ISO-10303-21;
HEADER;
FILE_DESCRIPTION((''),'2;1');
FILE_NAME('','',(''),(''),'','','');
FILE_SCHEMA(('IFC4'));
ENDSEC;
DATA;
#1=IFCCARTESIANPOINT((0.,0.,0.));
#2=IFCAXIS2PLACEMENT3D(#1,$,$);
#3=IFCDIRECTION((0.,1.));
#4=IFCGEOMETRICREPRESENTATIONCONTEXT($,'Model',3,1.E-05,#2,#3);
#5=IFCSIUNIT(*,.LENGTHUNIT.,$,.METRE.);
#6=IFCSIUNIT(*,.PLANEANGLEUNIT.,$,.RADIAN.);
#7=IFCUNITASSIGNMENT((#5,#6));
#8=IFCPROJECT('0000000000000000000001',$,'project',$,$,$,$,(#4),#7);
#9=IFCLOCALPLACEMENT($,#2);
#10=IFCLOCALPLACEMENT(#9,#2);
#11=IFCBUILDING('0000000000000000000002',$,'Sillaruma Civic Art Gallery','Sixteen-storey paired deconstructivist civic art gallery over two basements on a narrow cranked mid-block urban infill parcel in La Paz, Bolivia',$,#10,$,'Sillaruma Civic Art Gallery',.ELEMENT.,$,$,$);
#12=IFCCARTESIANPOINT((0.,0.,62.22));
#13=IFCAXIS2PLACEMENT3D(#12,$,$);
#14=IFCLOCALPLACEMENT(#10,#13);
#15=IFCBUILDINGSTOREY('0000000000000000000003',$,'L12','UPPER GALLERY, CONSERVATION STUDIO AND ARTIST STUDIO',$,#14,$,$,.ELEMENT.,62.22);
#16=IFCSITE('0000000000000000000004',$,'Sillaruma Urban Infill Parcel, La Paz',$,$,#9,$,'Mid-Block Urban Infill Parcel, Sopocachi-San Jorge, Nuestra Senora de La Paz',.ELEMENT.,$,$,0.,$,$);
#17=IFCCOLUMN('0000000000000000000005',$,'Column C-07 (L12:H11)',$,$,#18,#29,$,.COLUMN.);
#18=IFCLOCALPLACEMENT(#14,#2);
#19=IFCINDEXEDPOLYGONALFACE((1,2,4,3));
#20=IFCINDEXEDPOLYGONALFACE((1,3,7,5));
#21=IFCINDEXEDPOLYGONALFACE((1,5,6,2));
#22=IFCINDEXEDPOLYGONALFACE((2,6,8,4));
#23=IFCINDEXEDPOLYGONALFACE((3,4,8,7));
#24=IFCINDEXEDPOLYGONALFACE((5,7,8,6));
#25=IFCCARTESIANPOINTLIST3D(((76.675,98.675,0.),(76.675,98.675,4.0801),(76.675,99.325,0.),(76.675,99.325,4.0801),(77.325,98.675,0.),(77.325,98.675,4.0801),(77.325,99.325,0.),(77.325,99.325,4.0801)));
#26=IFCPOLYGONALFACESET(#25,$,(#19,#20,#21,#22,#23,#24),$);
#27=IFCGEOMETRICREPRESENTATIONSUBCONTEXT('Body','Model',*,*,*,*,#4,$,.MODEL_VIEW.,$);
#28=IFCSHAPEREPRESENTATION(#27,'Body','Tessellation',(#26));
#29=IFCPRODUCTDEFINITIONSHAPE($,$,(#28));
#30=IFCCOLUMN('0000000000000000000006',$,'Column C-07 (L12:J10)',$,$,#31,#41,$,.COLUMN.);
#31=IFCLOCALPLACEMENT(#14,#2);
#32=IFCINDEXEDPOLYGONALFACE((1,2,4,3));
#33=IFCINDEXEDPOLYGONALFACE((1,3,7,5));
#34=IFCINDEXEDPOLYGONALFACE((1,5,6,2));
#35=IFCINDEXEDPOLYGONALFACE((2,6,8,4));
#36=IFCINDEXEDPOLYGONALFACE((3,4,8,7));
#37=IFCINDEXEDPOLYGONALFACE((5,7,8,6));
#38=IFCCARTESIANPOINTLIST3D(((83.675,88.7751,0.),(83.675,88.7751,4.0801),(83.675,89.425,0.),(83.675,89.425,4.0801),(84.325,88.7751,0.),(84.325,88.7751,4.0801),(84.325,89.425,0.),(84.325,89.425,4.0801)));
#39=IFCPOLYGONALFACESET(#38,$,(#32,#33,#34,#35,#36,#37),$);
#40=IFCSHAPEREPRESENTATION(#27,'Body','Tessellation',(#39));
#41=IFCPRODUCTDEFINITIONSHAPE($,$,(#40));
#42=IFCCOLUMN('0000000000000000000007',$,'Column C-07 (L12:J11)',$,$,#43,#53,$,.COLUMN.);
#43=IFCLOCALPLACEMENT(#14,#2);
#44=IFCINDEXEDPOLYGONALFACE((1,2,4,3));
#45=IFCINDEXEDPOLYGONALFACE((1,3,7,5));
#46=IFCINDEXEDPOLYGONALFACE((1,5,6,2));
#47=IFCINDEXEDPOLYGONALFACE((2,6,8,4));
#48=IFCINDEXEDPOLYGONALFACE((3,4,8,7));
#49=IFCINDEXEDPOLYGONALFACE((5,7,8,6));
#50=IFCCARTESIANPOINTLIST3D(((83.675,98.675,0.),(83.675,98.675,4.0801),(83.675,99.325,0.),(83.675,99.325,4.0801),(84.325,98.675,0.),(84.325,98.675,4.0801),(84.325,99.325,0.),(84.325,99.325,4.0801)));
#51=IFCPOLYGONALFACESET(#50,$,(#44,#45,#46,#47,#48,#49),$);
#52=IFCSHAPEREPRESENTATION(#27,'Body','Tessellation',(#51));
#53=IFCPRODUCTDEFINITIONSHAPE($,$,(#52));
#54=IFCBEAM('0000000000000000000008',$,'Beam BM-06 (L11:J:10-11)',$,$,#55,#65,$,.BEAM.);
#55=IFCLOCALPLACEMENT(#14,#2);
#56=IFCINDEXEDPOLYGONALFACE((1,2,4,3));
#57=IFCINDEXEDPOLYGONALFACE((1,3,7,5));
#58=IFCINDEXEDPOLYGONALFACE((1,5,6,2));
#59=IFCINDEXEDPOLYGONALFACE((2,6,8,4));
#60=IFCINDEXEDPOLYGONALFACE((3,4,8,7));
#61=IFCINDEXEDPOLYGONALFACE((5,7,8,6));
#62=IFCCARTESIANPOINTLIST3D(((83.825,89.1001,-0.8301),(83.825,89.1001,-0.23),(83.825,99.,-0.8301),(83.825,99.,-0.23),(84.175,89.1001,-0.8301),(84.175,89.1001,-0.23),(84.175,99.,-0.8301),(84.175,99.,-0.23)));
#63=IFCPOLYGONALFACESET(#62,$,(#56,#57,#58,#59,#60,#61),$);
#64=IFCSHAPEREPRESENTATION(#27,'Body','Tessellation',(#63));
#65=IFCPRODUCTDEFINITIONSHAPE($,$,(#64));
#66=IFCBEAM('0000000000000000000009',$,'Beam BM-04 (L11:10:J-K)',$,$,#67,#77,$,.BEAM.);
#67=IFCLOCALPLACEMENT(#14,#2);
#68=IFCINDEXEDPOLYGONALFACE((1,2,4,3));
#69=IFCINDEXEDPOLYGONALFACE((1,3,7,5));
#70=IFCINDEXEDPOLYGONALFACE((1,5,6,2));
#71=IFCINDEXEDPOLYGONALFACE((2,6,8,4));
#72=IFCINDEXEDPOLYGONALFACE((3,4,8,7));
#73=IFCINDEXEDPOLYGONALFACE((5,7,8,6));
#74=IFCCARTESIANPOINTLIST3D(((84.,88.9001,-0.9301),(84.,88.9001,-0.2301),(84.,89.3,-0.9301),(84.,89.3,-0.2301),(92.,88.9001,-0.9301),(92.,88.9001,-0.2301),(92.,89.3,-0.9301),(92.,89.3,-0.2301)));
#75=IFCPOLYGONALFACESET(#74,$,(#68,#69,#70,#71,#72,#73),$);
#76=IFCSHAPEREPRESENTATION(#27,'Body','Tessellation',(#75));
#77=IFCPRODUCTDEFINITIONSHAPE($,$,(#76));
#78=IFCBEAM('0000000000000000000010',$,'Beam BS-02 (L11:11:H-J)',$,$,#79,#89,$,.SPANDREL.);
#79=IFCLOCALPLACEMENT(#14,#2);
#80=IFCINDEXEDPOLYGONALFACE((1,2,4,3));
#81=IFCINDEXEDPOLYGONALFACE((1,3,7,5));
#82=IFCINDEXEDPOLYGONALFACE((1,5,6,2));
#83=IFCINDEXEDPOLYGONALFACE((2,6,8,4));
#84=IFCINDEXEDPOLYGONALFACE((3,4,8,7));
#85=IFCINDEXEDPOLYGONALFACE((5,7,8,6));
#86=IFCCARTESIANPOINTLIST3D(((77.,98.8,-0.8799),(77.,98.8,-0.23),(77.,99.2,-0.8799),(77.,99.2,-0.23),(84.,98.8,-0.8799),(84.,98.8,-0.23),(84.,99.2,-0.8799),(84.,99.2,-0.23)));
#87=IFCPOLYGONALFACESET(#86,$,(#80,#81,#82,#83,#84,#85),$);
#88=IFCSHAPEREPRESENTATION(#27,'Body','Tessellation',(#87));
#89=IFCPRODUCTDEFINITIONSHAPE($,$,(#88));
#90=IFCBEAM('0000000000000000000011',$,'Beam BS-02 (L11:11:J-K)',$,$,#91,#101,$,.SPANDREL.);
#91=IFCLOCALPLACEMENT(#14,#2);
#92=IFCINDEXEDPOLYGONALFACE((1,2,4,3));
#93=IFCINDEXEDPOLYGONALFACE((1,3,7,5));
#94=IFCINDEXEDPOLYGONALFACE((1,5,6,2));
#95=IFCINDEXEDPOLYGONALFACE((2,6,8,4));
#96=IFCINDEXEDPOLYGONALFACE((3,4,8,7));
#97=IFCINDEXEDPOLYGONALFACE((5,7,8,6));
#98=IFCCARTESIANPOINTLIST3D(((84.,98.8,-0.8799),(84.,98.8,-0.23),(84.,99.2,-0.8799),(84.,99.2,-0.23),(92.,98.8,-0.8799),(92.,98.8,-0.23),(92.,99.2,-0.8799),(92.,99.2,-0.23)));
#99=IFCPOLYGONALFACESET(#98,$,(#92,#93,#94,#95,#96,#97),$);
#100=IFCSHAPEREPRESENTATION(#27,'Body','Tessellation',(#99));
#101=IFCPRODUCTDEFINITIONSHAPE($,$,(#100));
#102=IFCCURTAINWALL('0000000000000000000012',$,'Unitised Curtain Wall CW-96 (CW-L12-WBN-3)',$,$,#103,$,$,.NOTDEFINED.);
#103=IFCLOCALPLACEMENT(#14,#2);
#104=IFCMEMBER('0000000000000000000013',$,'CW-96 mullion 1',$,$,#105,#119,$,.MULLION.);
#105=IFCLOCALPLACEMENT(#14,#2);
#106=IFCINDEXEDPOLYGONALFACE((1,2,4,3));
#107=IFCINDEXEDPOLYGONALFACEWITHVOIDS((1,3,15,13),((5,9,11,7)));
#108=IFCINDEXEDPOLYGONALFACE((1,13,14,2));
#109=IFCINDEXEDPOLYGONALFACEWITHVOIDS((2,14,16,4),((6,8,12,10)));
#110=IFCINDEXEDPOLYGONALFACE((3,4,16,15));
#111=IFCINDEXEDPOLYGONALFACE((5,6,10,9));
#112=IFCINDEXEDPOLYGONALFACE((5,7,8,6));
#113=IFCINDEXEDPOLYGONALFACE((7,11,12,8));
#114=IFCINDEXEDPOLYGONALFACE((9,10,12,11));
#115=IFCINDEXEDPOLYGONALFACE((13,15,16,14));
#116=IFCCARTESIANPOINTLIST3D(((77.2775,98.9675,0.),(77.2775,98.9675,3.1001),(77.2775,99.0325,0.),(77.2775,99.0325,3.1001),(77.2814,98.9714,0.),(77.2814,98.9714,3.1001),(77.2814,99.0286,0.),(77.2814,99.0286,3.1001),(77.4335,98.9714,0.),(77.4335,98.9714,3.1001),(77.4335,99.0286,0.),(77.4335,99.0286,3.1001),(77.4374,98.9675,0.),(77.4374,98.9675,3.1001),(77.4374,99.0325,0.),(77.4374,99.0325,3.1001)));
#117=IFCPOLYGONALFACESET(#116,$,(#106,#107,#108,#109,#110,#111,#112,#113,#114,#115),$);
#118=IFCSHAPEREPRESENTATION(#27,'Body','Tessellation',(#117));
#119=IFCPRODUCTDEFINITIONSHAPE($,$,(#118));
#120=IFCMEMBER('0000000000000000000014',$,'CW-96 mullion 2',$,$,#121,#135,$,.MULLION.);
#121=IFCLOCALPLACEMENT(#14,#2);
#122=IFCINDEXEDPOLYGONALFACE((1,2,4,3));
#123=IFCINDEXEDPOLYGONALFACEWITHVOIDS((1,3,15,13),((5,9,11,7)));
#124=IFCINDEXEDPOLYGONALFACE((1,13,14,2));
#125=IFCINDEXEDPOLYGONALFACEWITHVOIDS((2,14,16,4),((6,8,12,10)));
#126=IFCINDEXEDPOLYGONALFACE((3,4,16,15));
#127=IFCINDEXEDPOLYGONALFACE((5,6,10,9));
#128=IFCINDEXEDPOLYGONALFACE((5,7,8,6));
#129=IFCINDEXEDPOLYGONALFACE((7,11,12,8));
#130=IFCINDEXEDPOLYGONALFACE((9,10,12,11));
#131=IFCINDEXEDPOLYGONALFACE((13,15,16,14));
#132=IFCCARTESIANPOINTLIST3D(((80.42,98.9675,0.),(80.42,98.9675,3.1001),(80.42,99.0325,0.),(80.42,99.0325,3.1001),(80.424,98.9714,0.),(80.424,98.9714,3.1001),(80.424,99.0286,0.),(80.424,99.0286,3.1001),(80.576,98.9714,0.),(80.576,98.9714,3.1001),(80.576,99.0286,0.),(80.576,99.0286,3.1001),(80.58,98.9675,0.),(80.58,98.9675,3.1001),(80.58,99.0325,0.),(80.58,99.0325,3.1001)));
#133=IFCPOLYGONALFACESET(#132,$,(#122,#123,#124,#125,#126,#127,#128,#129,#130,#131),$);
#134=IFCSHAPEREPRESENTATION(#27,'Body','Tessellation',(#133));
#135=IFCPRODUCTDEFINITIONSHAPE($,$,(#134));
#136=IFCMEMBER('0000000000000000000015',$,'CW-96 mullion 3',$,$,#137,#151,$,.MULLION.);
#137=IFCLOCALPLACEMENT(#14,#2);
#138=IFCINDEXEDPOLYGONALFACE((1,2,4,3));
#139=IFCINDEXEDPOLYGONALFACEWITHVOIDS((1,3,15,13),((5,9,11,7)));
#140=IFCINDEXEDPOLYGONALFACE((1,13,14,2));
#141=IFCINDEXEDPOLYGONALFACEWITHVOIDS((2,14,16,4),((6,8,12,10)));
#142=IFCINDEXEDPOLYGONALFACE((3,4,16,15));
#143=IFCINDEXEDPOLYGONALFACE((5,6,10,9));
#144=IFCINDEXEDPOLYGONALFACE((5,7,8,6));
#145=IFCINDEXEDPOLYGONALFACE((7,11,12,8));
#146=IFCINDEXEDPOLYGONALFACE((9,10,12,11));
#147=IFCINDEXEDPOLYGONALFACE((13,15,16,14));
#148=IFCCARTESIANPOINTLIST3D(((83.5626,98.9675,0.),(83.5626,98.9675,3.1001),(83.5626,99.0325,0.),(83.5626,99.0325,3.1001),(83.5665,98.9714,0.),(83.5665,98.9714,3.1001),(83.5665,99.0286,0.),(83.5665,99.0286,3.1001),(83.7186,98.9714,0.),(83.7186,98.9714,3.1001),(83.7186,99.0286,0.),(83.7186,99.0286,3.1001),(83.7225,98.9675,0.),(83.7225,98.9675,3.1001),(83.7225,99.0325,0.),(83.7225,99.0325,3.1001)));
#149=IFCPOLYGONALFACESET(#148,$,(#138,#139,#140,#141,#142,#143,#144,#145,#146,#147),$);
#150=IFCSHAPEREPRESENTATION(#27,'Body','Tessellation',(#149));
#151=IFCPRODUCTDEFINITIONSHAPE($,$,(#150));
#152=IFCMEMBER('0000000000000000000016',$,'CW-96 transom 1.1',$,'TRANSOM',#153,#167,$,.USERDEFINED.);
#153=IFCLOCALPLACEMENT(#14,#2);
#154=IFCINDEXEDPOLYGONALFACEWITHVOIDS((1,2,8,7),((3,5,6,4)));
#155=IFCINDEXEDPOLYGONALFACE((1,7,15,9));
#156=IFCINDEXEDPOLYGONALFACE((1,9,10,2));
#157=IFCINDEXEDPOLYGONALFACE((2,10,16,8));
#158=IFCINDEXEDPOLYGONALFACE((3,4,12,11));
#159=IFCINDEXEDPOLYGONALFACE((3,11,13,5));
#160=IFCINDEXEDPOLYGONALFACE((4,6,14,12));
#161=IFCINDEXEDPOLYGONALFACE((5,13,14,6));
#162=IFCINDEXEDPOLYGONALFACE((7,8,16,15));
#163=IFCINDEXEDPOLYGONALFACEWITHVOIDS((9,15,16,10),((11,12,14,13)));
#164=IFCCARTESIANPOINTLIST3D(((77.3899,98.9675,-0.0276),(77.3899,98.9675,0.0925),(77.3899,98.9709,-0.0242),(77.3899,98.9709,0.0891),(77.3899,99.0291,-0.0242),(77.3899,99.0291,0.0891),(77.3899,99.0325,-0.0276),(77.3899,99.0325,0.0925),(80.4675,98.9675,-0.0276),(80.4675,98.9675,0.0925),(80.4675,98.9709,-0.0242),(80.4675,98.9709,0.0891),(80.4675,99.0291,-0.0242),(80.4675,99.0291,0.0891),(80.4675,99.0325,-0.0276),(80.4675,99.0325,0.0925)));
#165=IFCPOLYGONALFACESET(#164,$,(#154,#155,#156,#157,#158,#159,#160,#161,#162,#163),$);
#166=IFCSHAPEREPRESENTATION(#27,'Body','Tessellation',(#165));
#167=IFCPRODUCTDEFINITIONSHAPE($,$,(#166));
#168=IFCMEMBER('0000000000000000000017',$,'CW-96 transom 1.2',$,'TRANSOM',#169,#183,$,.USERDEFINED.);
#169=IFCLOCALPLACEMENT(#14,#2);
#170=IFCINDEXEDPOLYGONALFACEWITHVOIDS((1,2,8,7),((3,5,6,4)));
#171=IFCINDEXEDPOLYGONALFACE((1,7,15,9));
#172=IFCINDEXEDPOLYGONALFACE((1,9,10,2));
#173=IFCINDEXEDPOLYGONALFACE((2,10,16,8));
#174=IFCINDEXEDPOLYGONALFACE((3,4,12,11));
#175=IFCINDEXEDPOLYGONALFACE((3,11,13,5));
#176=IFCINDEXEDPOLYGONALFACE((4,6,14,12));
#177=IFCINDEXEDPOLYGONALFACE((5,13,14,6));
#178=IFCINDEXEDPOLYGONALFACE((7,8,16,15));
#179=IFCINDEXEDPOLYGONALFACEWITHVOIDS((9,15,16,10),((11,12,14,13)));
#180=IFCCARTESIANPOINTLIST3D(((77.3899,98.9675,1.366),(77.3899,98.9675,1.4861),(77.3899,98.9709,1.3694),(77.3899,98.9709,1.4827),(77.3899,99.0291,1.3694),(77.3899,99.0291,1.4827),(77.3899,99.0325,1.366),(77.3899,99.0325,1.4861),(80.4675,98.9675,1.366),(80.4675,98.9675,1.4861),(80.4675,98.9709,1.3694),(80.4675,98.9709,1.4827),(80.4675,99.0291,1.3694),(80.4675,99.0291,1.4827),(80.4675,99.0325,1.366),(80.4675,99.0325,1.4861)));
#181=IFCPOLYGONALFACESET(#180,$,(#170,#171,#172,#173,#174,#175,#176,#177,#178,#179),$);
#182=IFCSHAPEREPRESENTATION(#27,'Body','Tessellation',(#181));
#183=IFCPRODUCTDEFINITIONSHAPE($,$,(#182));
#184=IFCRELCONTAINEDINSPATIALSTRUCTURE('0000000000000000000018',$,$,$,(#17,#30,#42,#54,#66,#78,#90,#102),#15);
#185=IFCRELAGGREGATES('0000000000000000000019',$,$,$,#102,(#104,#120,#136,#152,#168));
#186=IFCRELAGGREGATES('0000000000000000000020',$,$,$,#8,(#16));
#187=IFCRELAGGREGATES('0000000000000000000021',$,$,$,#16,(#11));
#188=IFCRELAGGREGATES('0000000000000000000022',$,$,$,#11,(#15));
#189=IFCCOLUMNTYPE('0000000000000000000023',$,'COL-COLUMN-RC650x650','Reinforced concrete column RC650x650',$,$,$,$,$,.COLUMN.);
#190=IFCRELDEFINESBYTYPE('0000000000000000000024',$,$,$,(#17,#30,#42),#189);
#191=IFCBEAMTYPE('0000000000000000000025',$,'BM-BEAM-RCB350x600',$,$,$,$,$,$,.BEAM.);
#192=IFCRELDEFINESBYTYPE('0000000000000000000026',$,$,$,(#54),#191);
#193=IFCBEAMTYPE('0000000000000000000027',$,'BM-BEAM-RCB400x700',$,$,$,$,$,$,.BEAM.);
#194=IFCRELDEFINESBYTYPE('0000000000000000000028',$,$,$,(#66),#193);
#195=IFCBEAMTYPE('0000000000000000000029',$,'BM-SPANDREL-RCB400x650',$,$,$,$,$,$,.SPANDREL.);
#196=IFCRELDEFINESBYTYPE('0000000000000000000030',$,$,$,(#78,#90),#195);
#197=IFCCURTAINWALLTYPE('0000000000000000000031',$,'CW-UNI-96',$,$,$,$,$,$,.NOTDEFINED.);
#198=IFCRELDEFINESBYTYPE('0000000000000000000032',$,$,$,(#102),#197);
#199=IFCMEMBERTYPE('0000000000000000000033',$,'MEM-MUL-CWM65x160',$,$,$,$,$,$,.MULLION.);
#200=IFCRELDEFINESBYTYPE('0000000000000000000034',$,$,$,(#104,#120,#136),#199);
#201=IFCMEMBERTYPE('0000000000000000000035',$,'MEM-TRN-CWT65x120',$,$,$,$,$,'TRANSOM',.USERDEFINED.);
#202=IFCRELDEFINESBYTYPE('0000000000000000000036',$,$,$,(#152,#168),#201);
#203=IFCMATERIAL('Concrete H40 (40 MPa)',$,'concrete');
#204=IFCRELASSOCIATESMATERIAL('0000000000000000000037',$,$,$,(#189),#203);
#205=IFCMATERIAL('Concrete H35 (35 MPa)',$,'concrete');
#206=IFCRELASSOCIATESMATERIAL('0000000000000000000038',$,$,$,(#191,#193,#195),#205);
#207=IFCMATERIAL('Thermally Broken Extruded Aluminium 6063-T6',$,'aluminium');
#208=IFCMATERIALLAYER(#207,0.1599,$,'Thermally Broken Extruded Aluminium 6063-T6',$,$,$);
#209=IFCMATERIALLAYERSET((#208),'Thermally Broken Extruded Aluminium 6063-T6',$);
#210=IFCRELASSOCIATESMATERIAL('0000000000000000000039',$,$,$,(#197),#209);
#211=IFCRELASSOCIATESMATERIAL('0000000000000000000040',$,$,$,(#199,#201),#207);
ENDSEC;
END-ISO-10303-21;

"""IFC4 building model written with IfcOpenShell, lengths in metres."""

from ifc_helpers import new_model, si_unit, direction, frame, origin, origin_2d, place, context, subcontext, project, spatial, rectangle, hollow_rectangle, extrude, material, layer, layer_set, material_profile, profile_set, type_object, element, aggregate, save


model = new_model("IFC4")

# Units and contexts
model_context = context("Model", 3, precision=1e-05, world=origin(), true_north=direction((0.0, 1.0)))
body_context = subcontext(model_context, "Body", "Model", "MODEL_VIEW")
ifc_project = project(units=[si_unit("LENGTHUNIT", "METRE"), si_unit("PLANEANGLEUNIT", "RADIAN")], contexts=[model_context])

# Site, building, storey
site_placement = place(None, origin())
site = spatial("IfcSite", under=ifc_project, at=site_placement, Name="Sillaruma Urban Infill Parcel, La Paz", LongName="Mid-Block Urban Infill Parcel, Sopocachi-San Jorge, Nuestra Senora de La Paz", CompositionType="ELEMENT", RefElevation=0.0)
building_placement = place(site_placement, origin())
building = spatial("IfcBuilding", under=site, at=building_placement, Name="Sillaruma Civic Art Gallery", Description="Sixteen-storey paired deconstructivist civic art gallery over two basements on a narrow cranked mid-block urban infill parcel in La Paz, Bolivia", LongName="Sillaruma Civic Art Gallery", CompositionType="ELEMENT")
storey_placement = place(building_placement, frame((0.0, 0.0, 62.22)))
storey = spatial("IfcBuildingStorey", under=building, at=storey_placement, Name="L12", Description="UPPER GALLERY, CONSERVATION STUDIO AND ARTIST STUDIO", CompositionType="ELEMENT", Elevation=62.22)

# Columns
ifc_material_1 = material(Name="Concrete H40 (40 MPa)", Category="concrete")
ifc_material_profile_1 = material_profile(ifc_material_1, rectangle(XDim=0.6499, YDim=0.6499, at=origin_2d()), Name="RC650x650")
ifc_profile_set_1 = profile_set([ifc_material_profile_1], Name="Concrete H40 (40 MPa)")
column_type = type_object("IfcColumnType", Name="COL-COLUMN-RC650x650", Description="Reinforced concrete column RC650x650", PredefinedType="COLUMN", material=ifc_profile_set_1)
for number, where, z_axis, x_axis, name in (
    (1, (77.0, 99.0, 0.0), (0.0, 0.0, 1.0), (1.0, 0.0, 0.0), "Column C-07 (L12:H11)"),
    (2, (84.0, 89.1001, 0.0), (0.0, 0.0, 1.0), (1.0, 0.0, 0.0), "Column C-07 (L12:J10)"),
    (3, (84.0, 99.0, 0.0), (0.0, 0.0, 1.0), (1.0, 0.0, 0.0), "Column C-07 (L12:J11)"),
):
    element("IfcColumn", number, at=place(storey_placement, frame(where, z_axis=z_axis, x_axis=x_axis)), inside=storey, type_object=column_type, Name=name, PredefinedType="COLUMN", context=body_context, shape_type="SweptSolid", body=[
        extrude(rectangle(XDim=0.6499, YDim=0.6499, at=origin_2d()), origin(), (0.0, 0.0, 1.0), 4.0801),
    ])

# Beams
ifc_material_2 = material(Name="Concrete H35 (35 MPa)", Category="concrete")
ifc_material_profile_2 = material_profile(ifc_material_2, rectangle(XDim=0.3501, YDim=0.6001, at=origin_2d()), Name="RCB350x600")
ifc_profile_set_2 = profile_set([ifc_material_profile_2], Name="Concrete H35 (35 MPa)")
beam_type_1 = type_object("IfcBeamType", Name="BM-BEAM-RCB350x600", PredefinedType="BEAM", material=ifc_profile_set_2)
beam_1_placement = place(storey_placement, frame((84.0, 89.1001, -0.53), z_axis=(0.0, 1.0, 0.0), x_axis=(-1.0, 0.0, 0.0)))
element("IfcBeam", 4, at=beam_1_placement, inside=storey, type_object=beam_type_1, Name="Beam BM-06 (L11:J:10-11)", PredefinedType="BEAM", context=body_context, shape_type="SweptSolid", body=[
    extrude(rectangle(XDim=0.3501, YDim=0.6001, at=origin_2d()), origin(), (0.0, 0.0, 1.0), 9.8999),
])
ifc_material_profile_3 = material_profile(ifc_material_2, rectangle(XDim=0.3999, YDim=0.7, at=origin_2d()), Name="RCB400x700")
ifc_profile_set_3 = profile_set([ifc_material_profile_3], Name="Concrete H35 (35 MPa)")
beam_type_2 = type_object("IfcBeamType", Name="BM-BEAM-RCB400x700", PredefinedType="BEAM", material=ifc_profile_set_3)
beam_2_placement = place(storey_placement, frame((84.0, 89.1001, -0.5801), z_axis=(1.0, 0.0, 0.0), x_axis=(0.0, 1.0, 0.0)))
element("IfcBeam", 5, at=beam_2_placement, inside=storey, type_object=beam_type_2, Name="Beam BM-04 (L11:10:J-K)", PredefinedType="BEAM", context=body_context, shape_type="SweptSolid", body=[
    extrude(rectangle(XDim=0.3999, YDim=0.7, at=origin_2d()), origin(), (0.0, 0.0, 1.0), 8.0),
])
ifc_material_profile_4 = material_profile(ifc_material_2, rectangle(XDim=0.3999, YDim=0.6499, at=origin_2d()), Name="RCB400x650")
ifc_profile_set_4 = profile_set([ifc_material_profile_4], Name="Concrete H35 (35 MPa)")
beam_type_3 = type_object("IfcBeamType", Name="BM-SPANDREL-RCB400x650", PredefinedType="SPANDREL", material=ifc_profile_set_4)
beam_3_placement = place(storey_placement, frame((77.0, 99.0, -0.5549), z_axis=(1.0, 0.0, 0.0), x_axis=(0.0, 1.0, 0.0)))
element("IfcBeam", 6, at=beam_3_placement, inside=storey, type_object=beam_type_3, Name="Beam BS-02 (L11:11:H-J)", PredefinedType="SPANDREL", context=body_context, shape_type="SweptSolid", body=[
    extrude(rectangle(XDim=0.3999, YDim=0.6499, at=origin_2d()), origin(), (0.0, 0.0, 1.0), 7.0),
])
beam_4_placement = place(storey_placement, frame((84.0, 99.0, -0.5549), z_axis=(1.0, 0.0, 0.0), x_axis=(0.0, 1.0, 0.0)))
element("IfcBeam", 7, at=beam_4_placement, inside=storey, type_object=beam_type_3, Name="Beam BS-02 (L11:11:J-K)", PredefinedType="SPANDREL", context=body_context, shape_type="SweptSolid", body=[
    extrude(rectangle(XDim=0.3999, YDim=0.6499, at=origin_2d()), origin(), (0.0, 0.0, 1.0), 8.0),
])

# Curtain wall, members
ifc_material_3 = material(Name="Thermally Broken Extruded Aluminium 6063-T6", Category="aluminium")
ifc_layer_1 = layer(ifc_material_3, 0.1599, Name="Thermally Broken Extruded Aluminium 6063-T6")
ifc_layer_set_1 = layer_set([ifc_layer_1], Name="Thermally Broken Extruded Aluminium 6063-T6")
curtain_wall_type = type_object("IfcCurtainWallType", Name="CW-UNI-96", PredefinedType="NOTDEFINED", material=ifc_layer_set_1)
curtain_wall_placement = place(storey_placement, origin())
curtain_wall = element("IfcCurtainWall", 8, at=curtain_wall_placement, inside=storey, type_object=curtain_wall_type, Name="Unitised Curtain Wall CW-96 (CW-L12-WBN-3)", PredefinedType="NOTDEFINED")
ifc_material_profile_5 = material_profile(ifc_material_3, hollow_rectangle(XDim=0.0649, YDim=0.1599, WallThickness=0.0039, at=origin_2d()), Name="CWM65x160")
ifc_profile_set_5 = profile_set([ifc_material_profile_5], Name="Thermally Broken Extruded Aluminium 6063-T6")
member_type_1 = type_object("IfcMemberType", Name="MEM-MUL-CWM65x160", PredefinedType="MULLION", material=ifc_profile_set_5)
member_1_placement = place(storey_placement, frame((77.3574, 99.0, 0.0), z_axis=(0.0, 0.0, 1.0), x_axis=(0.0, 1.0, 0.0)))
member_1 = element("IfcMember", 9, at=member_1_placement, type_object=member_type_1, Name="CW-96 mullion 1", PredefinedType="MULLION", context=body_context, shape_type="SweptSolid", body=[
    extrude(hollow_rectangle(XDim=0.0649, YDim=0.1599, WallThickness=0.0039, at=origin_2d()), origin(), (0.0, 0.0, 1.0), 3.1001),
])
member_2_placement = place(storey_placement, frame((80.5, 99.0, 0.0), z_axis=(0.0, 0.0, 1.0), x_axis=(0.0, 1.0, 0.0)))
member_2 = element("IfcMember", 10, at=member_2_placement, type_object=member_type_1, Name="CW-96 mullion 2", PredefinedType="MULLION", context=body_context, shape_type="SweptSolid", body=[
    extrude(hollow_rectangle(XDim=0.0649, YDim=0.1599, WallThickness=0.0039, at=origin_2d()), origin(), (0.0, 0.0, 1.0), 3.1001),
])
member_3_placement = place(storey_placement, frame((83.6426, 99.0, 0.0), z_axis=(0.0, 0.0, 1.0), x_axis=(0.0, 1.0, 0.0)))
member_3 = element("IfcMember", 11, at=member_3_placement, type_object=member_type_1, Name="CW-96 mullion 3", PredefinedType="MULLION", context=body_context, shape_type="SweptSolid", body=[
    extrude(hollow_rectangle(XDim=0.0649, YDim=0.1599, WallThickness=0.0039, at=origin_2d()), origin(), (0.0, 0.0, 1.0), 3.1001),
])
ifc_material_profile_6 = material_profile(ifc_material_3, hollow_rectangle(XDim=0.0649, YDim=0.1201, WallThickness=0.0034, at=origin_2d()), Name="CWT65x120")
ifc_profile_set_6 = profile_set([ifc_material_profile_6], Name="Thermally Broken Extruded Aluminium 6063-T6")
member_type_2 = type_object("IfcMemberType", Name="MEM-TRN-CWT65x120", ElementType="TRANSOM", PredefinedType="USERDEFINED", material=ifc_profile_set_6)
member_4_placement = place(storey_placement, frame((77.3899, 99.0, 0.0325), z_axis=(1.0, 0.0, 0.0), x_axis=(0.0, 1.0, 0.0)))
member_4 = element("IfcMember", 12, at=member_4_placement, type_object=member_type_2, Name="CW-96 transom 1.1", ObjectType="TRANSOM", PredefinedType="USERDEFINED", context=body_context, shape_type="SweptSolid", body=[
    extrude(hollow_rectangle(XDim=0.0649, YDim=0.1201, WallThickness=0.0034, at=origin_2d()), origin(), (0.0, 0.0, 1.0), 3.0776),
])
member_5_placement = place(storey_placement, frame((77.3899, 99.0, 1.426), z_axis=(1.0, 0.0, 0.0), x_axis=(0.0, 1.0, 0.0)))
member_5 = element("IfcMember", 13, at=member_5_placement, type_object=member_type_2, Name="CW-96 transom 1.2", ObjectType="TRANSOM", PredefinedType="USERDEFINED", context=body_context, shape_type="SweptSolid", body=[
    extrude(hollow_rectangle(XDim=0.0649, YDim=0.1201, WallThickness=0.0034, at=origin_2d()), origin(), (0.0, 0.0, 1.0), 3.0776),
])
aggregate(curtain_wall, [member_1, member_2, member_3, member_4, member_5])

save(model, "model.ifc")
